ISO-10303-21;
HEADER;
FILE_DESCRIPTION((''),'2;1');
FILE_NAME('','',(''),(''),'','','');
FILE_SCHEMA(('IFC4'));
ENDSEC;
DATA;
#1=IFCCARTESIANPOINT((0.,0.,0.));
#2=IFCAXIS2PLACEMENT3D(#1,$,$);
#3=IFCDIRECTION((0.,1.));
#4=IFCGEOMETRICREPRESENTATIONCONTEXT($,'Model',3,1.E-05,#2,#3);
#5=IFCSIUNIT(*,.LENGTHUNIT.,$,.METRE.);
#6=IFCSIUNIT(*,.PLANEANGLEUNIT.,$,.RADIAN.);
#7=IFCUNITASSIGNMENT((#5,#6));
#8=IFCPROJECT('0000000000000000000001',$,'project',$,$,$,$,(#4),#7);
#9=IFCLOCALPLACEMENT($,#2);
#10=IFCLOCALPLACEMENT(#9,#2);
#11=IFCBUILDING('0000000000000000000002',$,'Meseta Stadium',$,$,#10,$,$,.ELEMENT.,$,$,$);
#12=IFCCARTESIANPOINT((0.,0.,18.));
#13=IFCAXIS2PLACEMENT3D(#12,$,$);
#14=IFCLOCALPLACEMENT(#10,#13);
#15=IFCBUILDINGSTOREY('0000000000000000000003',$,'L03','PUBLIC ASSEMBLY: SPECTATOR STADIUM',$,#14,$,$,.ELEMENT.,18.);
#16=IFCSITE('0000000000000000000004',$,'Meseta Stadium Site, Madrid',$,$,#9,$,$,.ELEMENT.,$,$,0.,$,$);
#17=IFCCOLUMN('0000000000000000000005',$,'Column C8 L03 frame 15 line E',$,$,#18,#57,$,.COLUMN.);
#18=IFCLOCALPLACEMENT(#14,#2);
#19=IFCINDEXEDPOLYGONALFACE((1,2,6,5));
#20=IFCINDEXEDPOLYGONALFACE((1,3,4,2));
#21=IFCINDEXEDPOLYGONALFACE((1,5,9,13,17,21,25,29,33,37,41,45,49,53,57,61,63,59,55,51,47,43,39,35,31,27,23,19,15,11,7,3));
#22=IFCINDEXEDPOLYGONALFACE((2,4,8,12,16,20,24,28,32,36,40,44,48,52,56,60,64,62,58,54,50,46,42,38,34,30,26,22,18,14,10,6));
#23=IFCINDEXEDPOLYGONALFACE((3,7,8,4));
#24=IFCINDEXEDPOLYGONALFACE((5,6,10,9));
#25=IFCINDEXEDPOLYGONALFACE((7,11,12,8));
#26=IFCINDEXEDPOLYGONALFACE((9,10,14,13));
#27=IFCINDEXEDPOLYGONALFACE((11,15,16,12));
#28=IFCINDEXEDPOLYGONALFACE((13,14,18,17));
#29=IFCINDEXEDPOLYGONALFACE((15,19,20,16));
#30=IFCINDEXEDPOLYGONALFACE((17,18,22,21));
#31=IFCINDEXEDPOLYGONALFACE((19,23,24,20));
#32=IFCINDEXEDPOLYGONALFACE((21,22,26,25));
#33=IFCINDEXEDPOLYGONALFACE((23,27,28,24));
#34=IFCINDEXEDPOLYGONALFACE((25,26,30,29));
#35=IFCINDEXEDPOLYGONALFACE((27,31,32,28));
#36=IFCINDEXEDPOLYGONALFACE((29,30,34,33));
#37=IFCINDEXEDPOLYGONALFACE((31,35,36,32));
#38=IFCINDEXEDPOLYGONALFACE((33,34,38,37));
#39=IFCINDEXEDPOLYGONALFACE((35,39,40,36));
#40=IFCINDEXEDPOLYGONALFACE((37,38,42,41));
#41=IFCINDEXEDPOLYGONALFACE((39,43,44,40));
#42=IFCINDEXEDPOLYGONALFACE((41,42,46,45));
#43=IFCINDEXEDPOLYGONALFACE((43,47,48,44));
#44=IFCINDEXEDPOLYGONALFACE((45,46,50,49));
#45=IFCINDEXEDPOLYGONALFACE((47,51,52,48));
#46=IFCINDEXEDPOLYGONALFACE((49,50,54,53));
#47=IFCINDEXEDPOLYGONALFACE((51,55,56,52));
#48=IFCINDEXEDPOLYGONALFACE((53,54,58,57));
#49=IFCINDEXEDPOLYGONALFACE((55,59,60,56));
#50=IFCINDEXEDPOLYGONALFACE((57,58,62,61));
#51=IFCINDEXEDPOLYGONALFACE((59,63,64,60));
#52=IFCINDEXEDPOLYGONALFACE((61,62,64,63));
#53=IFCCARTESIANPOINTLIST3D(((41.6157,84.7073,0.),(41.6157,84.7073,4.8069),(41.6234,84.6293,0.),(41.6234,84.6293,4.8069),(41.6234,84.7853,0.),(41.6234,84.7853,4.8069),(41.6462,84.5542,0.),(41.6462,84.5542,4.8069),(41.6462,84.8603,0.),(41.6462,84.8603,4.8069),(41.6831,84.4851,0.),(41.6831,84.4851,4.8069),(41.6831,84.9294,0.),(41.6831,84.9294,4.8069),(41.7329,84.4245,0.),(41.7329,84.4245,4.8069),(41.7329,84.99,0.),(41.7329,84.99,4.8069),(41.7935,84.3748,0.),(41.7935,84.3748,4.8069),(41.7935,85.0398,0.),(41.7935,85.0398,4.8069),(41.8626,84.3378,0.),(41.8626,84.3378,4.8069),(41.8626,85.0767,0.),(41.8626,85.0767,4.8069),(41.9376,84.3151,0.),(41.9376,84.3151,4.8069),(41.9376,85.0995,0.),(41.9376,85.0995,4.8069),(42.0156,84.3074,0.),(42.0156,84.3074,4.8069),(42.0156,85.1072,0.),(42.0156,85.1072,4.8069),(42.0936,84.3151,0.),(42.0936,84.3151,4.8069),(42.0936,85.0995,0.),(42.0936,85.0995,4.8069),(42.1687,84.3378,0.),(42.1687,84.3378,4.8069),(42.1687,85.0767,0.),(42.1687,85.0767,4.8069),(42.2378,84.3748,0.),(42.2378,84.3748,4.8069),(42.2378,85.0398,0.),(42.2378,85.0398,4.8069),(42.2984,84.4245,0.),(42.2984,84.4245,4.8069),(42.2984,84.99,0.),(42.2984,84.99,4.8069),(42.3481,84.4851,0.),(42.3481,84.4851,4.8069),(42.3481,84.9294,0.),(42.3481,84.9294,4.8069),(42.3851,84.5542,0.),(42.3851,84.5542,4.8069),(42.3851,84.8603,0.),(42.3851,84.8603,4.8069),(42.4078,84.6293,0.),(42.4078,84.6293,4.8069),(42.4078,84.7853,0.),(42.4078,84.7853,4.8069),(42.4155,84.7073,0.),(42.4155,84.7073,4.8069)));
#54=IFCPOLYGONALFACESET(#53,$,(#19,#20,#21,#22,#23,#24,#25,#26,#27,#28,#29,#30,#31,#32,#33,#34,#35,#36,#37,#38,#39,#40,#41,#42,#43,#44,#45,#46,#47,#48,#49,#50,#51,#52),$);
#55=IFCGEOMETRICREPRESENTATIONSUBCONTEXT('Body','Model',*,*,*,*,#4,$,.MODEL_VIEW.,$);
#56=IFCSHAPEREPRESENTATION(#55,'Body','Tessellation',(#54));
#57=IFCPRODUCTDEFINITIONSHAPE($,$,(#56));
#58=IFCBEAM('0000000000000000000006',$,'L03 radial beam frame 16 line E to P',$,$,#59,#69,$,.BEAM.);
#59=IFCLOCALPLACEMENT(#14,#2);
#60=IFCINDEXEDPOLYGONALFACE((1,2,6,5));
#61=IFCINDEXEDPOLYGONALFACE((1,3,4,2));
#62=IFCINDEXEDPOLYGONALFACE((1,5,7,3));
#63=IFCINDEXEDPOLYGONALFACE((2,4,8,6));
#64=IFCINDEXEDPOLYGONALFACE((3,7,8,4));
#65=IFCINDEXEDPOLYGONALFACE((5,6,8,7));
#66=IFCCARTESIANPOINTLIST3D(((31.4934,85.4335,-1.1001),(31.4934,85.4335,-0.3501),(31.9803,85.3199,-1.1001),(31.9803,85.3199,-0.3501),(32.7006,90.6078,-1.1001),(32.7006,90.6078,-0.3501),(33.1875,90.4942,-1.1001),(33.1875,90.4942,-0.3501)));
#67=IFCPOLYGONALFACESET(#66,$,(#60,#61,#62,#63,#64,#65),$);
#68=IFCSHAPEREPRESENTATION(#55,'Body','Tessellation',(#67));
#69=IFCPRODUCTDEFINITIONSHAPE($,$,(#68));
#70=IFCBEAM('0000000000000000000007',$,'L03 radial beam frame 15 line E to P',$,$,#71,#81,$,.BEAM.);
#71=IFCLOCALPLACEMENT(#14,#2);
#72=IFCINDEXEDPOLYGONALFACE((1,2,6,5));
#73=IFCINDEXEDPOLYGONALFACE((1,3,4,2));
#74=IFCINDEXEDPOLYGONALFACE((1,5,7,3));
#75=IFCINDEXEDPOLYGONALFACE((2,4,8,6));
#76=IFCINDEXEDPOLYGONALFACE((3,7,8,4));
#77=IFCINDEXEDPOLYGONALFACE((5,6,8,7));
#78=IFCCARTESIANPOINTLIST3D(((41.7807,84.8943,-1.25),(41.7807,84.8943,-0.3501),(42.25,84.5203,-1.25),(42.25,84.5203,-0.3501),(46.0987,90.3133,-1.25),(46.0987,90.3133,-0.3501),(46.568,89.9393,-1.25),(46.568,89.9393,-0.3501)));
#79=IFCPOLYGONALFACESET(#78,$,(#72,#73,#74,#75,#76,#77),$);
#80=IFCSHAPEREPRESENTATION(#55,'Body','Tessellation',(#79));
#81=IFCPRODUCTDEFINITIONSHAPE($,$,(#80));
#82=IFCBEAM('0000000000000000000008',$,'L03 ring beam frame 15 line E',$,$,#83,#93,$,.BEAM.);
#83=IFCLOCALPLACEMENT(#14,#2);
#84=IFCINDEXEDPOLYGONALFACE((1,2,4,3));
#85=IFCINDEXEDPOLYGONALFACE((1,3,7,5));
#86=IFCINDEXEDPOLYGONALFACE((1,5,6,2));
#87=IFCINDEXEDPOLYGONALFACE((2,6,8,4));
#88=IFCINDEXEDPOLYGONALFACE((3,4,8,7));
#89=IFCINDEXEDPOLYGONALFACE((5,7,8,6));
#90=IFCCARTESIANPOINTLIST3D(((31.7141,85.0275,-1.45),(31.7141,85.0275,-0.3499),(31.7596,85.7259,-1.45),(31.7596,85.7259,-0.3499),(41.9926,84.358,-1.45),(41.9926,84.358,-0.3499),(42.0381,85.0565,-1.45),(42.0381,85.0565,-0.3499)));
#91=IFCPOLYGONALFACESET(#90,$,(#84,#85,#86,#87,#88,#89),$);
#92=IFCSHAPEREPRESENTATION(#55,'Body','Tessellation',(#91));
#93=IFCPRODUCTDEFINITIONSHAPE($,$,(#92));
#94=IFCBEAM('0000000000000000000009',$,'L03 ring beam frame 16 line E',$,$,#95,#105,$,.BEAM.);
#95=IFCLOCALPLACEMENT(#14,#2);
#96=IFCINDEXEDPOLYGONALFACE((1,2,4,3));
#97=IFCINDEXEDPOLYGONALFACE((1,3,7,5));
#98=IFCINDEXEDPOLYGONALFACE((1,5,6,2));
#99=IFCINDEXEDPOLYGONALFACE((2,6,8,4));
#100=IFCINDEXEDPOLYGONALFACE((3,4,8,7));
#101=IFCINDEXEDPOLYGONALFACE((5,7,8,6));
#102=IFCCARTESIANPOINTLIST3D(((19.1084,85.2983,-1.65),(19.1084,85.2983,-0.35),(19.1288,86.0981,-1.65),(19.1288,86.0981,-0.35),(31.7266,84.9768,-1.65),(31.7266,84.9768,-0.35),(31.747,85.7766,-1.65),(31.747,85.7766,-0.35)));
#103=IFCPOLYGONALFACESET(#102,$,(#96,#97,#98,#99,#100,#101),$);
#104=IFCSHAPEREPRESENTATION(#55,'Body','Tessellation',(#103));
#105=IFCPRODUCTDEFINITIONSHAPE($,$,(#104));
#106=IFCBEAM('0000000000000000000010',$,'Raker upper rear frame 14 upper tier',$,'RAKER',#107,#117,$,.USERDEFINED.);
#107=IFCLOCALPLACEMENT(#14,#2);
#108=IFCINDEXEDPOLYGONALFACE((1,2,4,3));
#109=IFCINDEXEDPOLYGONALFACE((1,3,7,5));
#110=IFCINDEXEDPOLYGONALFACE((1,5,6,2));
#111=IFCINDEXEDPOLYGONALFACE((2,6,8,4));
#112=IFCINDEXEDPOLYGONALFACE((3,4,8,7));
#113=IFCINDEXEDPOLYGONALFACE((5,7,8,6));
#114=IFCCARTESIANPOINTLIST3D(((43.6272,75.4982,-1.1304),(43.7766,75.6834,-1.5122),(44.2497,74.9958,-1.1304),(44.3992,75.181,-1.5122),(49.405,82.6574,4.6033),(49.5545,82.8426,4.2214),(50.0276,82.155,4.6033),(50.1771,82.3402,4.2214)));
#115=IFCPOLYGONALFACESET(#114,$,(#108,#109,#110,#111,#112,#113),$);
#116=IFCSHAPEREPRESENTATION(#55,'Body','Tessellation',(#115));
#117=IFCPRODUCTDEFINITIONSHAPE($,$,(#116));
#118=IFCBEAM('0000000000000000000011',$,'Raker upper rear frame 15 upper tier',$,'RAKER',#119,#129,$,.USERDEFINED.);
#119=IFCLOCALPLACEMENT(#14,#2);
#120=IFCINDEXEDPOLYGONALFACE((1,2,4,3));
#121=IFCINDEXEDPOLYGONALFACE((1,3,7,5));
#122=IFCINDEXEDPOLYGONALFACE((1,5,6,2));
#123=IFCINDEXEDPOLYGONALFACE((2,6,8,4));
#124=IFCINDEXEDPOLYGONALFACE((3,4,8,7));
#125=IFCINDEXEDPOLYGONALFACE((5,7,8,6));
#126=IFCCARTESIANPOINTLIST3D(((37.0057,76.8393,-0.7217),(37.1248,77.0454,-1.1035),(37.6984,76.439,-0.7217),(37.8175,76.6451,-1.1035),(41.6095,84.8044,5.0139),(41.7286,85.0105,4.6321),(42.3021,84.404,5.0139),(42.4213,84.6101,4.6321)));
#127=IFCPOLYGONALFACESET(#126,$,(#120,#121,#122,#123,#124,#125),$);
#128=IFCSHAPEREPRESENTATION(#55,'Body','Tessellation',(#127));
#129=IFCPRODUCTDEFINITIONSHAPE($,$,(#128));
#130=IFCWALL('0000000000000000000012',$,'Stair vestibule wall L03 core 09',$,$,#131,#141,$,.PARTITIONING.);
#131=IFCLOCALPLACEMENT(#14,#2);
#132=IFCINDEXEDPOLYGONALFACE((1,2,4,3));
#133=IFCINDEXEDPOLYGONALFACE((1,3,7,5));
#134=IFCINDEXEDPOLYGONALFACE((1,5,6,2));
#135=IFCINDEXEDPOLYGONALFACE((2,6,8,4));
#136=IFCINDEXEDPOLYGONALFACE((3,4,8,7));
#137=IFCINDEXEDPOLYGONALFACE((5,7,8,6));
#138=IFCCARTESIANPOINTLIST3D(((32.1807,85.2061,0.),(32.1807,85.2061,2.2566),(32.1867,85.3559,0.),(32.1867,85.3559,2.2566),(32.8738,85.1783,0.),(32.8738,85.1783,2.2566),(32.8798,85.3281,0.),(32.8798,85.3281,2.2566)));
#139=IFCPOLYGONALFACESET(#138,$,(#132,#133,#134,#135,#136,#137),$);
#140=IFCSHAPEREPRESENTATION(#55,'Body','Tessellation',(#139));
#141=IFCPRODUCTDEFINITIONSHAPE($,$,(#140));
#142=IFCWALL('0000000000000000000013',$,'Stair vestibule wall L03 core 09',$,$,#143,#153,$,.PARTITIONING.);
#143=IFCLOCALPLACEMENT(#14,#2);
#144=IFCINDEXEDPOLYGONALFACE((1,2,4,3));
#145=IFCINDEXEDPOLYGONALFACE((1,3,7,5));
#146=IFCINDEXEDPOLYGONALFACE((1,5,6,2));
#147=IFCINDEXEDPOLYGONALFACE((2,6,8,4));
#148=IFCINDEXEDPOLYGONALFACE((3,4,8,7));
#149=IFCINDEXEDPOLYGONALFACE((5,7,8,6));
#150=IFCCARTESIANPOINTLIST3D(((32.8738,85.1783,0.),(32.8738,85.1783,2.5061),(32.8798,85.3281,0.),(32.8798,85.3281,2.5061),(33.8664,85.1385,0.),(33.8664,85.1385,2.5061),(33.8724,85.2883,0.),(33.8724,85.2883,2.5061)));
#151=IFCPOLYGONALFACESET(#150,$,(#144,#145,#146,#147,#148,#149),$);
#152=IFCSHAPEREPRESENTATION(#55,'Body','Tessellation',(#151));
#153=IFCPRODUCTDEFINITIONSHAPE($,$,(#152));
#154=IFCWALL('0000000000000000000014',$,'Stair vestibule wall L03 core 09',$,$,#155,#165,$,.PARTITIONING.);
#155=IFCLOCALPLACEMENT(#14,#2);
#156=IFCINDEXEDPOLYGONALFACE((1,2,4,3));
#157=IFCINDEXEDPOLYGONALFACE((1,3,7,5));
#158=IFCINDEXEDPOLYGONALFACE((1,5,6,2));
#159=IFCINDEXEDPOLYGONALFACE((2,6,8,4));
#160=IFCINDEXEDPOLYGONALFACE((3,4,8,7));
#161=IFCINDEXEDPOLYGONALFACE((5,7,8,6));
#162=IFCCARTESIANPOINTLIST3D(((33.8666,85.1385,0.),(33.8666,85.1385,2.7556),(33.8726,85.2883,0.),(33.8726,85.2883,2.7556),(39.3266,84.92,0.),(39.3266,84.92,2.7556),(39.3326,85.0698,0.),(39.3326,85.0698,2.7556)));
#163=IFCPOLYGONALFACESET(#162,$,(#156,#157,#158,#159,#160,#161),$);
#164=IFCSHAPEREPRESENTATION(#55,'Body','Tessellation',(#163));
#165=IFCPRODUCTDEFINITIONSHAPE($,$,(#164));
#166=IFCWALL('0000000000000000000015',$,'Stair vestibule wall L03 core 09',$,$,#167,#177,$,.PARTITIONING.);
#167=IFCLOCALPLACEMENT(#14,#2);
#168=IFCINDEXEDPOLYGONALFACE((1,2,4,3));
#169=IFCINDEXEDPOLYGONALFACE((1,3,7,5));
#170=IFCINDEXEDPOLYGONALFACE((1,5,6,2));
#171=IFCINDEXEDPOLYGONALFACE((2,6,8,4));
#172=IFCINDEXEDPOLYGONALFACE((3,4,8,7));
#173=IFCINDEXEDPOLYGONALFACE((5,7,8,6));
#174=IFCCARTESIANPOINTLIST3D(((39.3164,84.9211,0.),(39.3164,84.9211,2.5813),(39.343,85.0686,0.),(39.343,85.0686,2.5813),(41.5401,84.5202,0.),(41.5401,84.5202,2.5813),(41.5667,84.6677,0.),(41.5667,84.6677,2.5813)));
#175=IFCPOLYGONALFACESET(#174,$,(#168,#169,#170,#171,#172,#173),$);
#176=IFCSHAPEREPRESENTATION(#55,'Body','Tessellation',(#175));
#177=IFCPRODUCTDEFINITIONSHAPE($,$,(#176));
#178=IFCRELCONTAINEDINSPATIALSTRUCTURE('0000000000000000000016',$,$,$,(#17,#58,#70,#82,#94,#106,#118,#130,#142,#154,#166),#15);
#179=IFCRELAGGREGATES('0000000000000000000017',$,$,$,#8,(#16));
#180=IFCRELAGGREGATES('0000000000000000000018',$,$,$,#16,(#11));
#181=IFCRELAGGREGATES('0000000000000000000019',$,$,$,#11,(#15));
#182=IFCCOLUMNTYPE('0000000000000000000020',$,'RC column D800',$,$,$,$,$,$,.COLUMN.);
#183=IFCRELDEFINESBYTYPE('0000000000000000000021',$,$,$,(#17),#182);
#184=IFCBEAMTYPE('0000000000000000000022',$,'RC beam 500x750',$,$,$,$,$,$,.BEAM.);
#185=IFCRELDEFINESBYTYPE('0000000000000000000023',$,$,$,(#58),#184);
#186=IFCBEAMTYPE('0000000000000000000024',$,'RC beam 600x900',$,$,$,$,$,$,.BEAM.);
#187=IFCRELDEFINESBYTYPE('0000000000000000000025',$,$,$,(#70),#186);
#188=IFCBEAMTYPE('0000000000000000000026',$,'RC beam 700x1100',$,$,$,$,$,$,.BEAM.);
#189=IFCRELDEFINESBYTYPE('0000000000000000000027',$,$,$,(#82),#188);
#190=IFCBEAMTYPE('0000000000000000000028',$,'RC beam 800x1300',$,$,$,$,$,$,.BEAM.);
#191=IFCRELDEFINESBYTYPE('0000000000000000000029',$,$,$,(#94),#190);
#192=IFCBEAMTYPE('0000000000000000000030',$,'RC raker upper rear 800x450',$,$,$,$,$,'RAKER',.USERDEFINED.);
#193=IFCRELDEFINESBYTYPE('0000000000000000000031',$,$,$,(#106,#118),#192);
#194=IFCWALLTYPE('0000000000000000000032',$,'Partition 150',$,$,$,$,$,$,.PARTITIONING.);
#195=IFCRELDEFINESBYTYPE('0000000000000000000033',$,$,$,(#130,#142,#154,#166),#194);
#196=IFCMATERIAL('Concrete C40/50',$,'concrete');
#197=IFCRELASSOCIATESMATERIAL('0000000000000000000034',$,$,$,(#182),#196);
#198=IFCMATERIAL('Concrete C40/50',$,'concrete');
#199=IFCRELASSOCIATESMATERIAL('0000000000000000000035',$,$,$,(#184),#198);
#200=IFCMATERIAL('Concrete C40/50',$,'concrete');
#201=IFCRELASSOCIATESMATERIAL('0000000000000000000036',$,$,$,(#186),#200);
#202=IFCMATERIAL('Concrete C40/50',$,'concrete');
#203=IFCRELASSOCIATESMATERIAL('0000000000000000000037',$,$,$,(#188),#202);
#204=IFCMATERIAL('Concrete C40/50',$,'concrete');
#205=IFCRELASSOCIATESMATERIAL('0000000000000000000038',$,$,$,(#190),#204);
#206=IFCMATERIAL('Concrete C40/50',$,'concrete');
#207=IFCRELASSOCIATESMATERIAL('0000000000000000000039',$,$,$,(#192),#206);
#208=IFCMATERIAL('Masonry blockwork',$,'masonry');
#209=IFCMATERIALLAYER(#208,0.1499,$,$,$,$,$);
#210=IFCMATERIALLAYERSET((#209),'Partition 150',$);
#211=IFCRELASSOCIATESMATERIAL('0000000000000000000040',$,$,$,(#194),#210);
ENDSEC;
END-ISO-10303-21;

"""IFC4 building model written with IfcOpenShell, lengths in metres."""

from ifc_helpers import new_model, si_unit, direction, frame, frame_2d, origin, origin_2d, place, context, subcontext, project, spatial, rectangle, circle, extrude, material, layer, layer_set, material_profile, profile_set, type_object, element, save


model = new_model("IFC4")

# Units and contexts
model_context = context("Model", 3, precision=1e-05, world=origin(), true_north=direction((0.0, 1.0)))
body_context = subcontext(model_context, "Body", "Model", "MODEL_VIEW")
ifc_project = project(units=[si_unit("LENGTHUNIT", "METRE"), si_unit("PLANEANGLEUNIT", "RADIAN")], contexts=[model_context])

# Site, building, storey
site_placement = place(None, origin())
site = spatial("IfcSite", under=ifc_project, at=site_placement, Name="Meseta Stadium Site, Madrid", CompositionType="ELEMENT", RefElevation=0.0)
building_placement = place(site_placement, origin())
building = spatial("IfcBuilding", under=site, at=building_placement, Name="Meseta Stadium", CompositionType="ELEMENT")
storey_placement = place(building_placement, frame((0.0, 0.0, 18.0)))
storey = spatial("IfcBuildingStorey", under=building, at=storey_placement, Name="L03", Description="PUBLIC ASSEMBLY: SPECTATOR STADIUM", CompositionType="ELEMENT", Elevation=18.0)

# Column
ifc_material_1 = material(Name="Concrete C40/50", Category="concrete")
ifc_material_profile_1 = material_profile(ifc_material_1, circle(Radius=0.3999, at=origin_2d()), Name="RC D800")
ifc_profile_set_1 = profile_set([ifc_material_profile_1], Name="Concrete C40/50")
column_type = type_object("IfcColumnType", Name="RC column D800", PredefinedType="COLUMN", material=ifc_profile_set_1)
column_placement = place(storey_placement, frame((42.0156, 84.7073, 0.0), z_axis=(0.0, 0.0, 1.0), x_axis=(1.0, 0.0, 0.0)))
element("IfcColumn", 1, at=column_placement, inside=storey, type_object=column_type, Name="Column C8 L03 frame 15 line E", PredefinedType="COLUMN", context=body_context, shape_type="SweptSolid", body=[
    extrude(circle(Radius=0.3999, at=origin_2d()), origin(), (0.0, 0.0, 1.0), 4.8069),
])

# Beams
ifc_material_2 = material(Name="Concrete C40/50", Category="concrete")
ifc_material_profile_2 = material_profile(ifc_material_2, rectangle(XDim=0.5, YDim=0.75, at=origin_2d()), Name="RC 500x750")
ifc_profile_set_2 = profile_set([ifc_material_profile_2], Name="Concrete C40/50")
beam_type_1 = type_object("IfcBeamType", Name="RC beam 500x750", PredefinedType="BEAM", material=ifc_profile_set_2)
beam_1_placement = place(storey_placement, frame((31.7368, 85.3767, -0.7251), z_axis=(0.227218, 0.973844, 0.0), x_axis=(-0.973844, 0.227218, 0.0)))
element("IfcBeam", 2, at=beam_1_placement, inside=storey, type_object=beam_type_1, Name="L03 radial beam frame 16 line E to P", PredefinedType="BEAM", context=body_context, shape_type="SweptSolid", body=[
    extrude(rectangle(XDim=0.5, YDim=0.75, at=origin_2d()), origin(), (0.0, 0.0, 1.0), 5.3132),
])
ifc_material_3 = material(Name="Concrete C40/50", Category="concrete")
ifc_material_profile_3 = material_profile(ifc_material_3, rectangle(XDim=0.6001, YDim=0.8999, at=origin_2d()), Name="RC 600x900")
ifc_profile_set_3 = profile_set([ifc_material_profile_3], Name="Concrete C40/50")
beam_type_2 = type_object("IfcBeamType", Name="RC beam 600x900", PredefinedType="BEAM", material=ifc_profile_set_3)
beam_2_placement = place(storey_placement, frame((42.0154, 84.7073, -0.8), z_axis=(0.623173, 0.782084, 0.0), x_axis=(-0.782084, 0.623173, 0.0)))
element("IfcBeam", 3, at=beam_2_placement, inside=storey, type_object=beam_type_2, Name="L03 radial beam frame 15 line E to P", PredefinedType="BEAM", context=body_context, shape_type="SweptSolid", body=[
    extrude(rectangle(XDim=0.6001, YDim=0.8999, at=origin_2d()), origin(), (0.0, 0.0, 1.0), 6.929),
])
ifc_material_4 = material(Name="Concrete C40/50", Category="concrete")
ifc_material_profile_4 = material_profile(ifc_material_4, rectangle(XDim=0.7, YDim=1.1001, at=origin_2d()), Name="RC 700x1100")
ifc_profile_set_4 = profile_set([ifc_material_profile_4], Name="Concrete C40/50")
beam_type_3 = type_object("IfcBeamType", Name="RC beam 700x1100", PredefinedType="BEAM", material=ifc_profile_set_4)
beam_3_placement = place(storey_placement, frame((42.0154, 84.7073, -0.8999), z_axis=(-0.997886, 0.064991, 0.0), x_axis=(-0.064991, -0.997886, 0.0)))
element("IfcBeam", 4, at=beam_3_placement, inside=storey, type_object=beam_type_3, Name="L03 ring beam frame 15 line E", PredefinedType="BEAM", context=body_context, shape_type="SweptSolid", body=[
    extrude(rectangle(XDim=0.7, YDim=1.1001, at=origin_2d()), origin(), (0.0, 0.0, 1.0), 10.3003),
])
ifc_material_5 = material(Name="Concrete C40/50", Category="concrete")
ifc_material_profile_5 = material_profile(ifc_material_5, rectangle(XDim=0.8, YDim=1.3, at=origin_2d()), Name="RC 800x1300")
ifc_profile_set_5 = profile_set([ifc_material_profile_5], Name="Concrete C40/50")
beam_type_4 = type_object("IfcBeamType", Name="RC beam 800x1300", PredefinedType="BEAM", material=ifc_profile_set_5)
beam_4_placement = place(storey_placement, frame((31.7368, 85.3767, -1.0), z_axis=(-0.999675, 0.025474, 0.0), x_axis=(-0.025474, -0.999675, 0.0)))
element("IfcBeam", 5, at=beam_4_placement, inside=storey, type_object=beam_type_4, Name="L03 ring beam frame 16 line E", PredefinedType="BEAM", context=body_context, shape_type="SweptSolid", body=[
    extrude(rectangle(XDim=0.8, YDim=1.3, at=origin_2d()), origin(), (0.0, 0.0, 1.0), 12.6223),
])
ifc_material_6 = material(Name="Concrete C40/50", Category="concrete")
ifc_material_profile_6 = material_profile(ifc_material_6, rectangle(XDim=0.8, YDim=0.45, at=origin_2d()), Name="RC 800x450")
ifc_profile_set_6 = profile_set([ifc_material_profile_6], Name="Concrete C40/50")
beam_type_5 = type_object("IfcBeamType", Name="RC raker upper rear 800x450", ElementType="RAKER", PredefinedType="USERDEFINED", material=ifc_profile_set_6)
beam_5_placement = place(storey_placement, frame((44.0132, 75.3396, -1.3213), z_axis=(0.532996, 0.660423, 0.52892), x_axis=(-0.778185, 0.628036, 0.0)))
element("IfcBeam", 6, at=beam_5_placement, inside=storey, type_object=beam_type_5, Name="Raker upper rear frame 14 upper tier", ObjectType="RAKER", PredefinedType="USERDEFINED", context=body_context, shape_type="SweptSolid", body=[
    extrude(rectangle(XDim=0.8, YDim=0.45, at=origin_2d()), origin(), (0.0, 0.0, 1.0), 10.8403),
])
beam_6_placement = place(storey_placement, frame((37.4116, 76.7422, -0.9126), z_axis=(0.424649, 0.734697, 0.529049), x_axis=(-0.865785, 0.500417, 0.0)))
element("IfcBeam", 7, at=beam_6_placement, inside=storey, type_object=beam_type_5, Name="Raker upper rear frame 15 upper tier", ObjectType="RAKER", PredefinedType="USERDEFINED", context=body_context, shape_type="SweptSolid", body=[
    extrude(rectangle(XDim=0.8, YDim=0.45, at=origin_2d()), origin(), (0.0, 0.0, 1.0), 10.8413),
])

# Walls
ifc_material_7 = material(Name="Masonry blockwork", Category="masonry")
ifc_layer_1 = layer(ifc_material_7, 0.1499)
ifc_layer_set_1 = layer_set([ifc_layer_1], Name="Partition 150")
wall_type = type_object("IfcWallType", Name="Partition 150", PredefinedType="PARTITIONING", material=ifc_layer_set_1)
wall_1_placement = place(storey_placement, frame((32.1838, 85.281, 0.0), z_axis=(0.0, 0.0, 1.0), x_axis=(0.999195, -0.040123, 0.0)))
element("IfcWall", 8, at=wall_1_placement, inside=storey, type_object=wall_type, Name="Stair vestibule wall L03 core 09", PredefinedType="PARTITIONING", context=body_context, shape_type="SweptSolid", body=[
    extrude(rectangle(XDim=0.6936, YDim=0.1499, at=frame_2d((0.3467, 0.0))), origin(), (0.0, 0.0, 1.0), 2.2566),
])
wall_2_placement = place(storey_placement, frame((32.877, 85.2532, 0.0), z_axis=(0.0, 0.0, 1.0), x_axis=(0.999197, -0.040056, 0.0)))
element("IfcWall", 9, at=wall_2_placement, inside=storey, type_object=wall_type, Name="Stair vestibule wall L03 core 09", PredefinedType="PARTITIONING", context=body_context, shape_type="SweptSolid", body=[
    extrude(rectangle(XDim=0.9934, YDim=0.1499, at=frame_2d((0.4966, 0.0))), origin(), (0.0, 0.0, 1.0), 2.5061),
])
wall_3_placement = place(storey_placement, frame((33.8696, 85.2134, 0.0), z_axis=(0.0, 0.0, 1.0), x_axis=(0.9992, -0.039988, 0.0)))
element("IfcWall", 10, at=wall_3_placement, inside=storey, type_object=wall_type, Name="Stair vestibule wall L03 core 09", PredefinedType="PARTITIONING", context=body_context, shape_type="SweptSolid", body=[
    extrude(rectangle(XDim=5.4644, YDim=0.1499, at=frame_2d((2.7322, 0.0))), origin(), (0.0, 0.0, 1.0), 2.7556),
])
wall_4_placement = place(storey_placement, frame((39.3296, 84.9949, 0.0), z_axis=(0.0, 0.0, 1.0), x_axis=(0.984135, -0.177421, 0.0)))
element("IfcWall", 11, at=wall_4_placement, inside=storey, type_object=wall_type, Name="Stair vestibule wall L03 core 09", PredefinedType="PARTITIONING", context=body_context, shape_type="SweptSolid", body=[
    extrude(rectangle(XDim=2.2595, YDim=0.1499, at=frame_2d((1.1299, 0.0))), origin(), (0.0, 0.0, 1.0), 2.5813),
])

save(model, "model.ifc")
